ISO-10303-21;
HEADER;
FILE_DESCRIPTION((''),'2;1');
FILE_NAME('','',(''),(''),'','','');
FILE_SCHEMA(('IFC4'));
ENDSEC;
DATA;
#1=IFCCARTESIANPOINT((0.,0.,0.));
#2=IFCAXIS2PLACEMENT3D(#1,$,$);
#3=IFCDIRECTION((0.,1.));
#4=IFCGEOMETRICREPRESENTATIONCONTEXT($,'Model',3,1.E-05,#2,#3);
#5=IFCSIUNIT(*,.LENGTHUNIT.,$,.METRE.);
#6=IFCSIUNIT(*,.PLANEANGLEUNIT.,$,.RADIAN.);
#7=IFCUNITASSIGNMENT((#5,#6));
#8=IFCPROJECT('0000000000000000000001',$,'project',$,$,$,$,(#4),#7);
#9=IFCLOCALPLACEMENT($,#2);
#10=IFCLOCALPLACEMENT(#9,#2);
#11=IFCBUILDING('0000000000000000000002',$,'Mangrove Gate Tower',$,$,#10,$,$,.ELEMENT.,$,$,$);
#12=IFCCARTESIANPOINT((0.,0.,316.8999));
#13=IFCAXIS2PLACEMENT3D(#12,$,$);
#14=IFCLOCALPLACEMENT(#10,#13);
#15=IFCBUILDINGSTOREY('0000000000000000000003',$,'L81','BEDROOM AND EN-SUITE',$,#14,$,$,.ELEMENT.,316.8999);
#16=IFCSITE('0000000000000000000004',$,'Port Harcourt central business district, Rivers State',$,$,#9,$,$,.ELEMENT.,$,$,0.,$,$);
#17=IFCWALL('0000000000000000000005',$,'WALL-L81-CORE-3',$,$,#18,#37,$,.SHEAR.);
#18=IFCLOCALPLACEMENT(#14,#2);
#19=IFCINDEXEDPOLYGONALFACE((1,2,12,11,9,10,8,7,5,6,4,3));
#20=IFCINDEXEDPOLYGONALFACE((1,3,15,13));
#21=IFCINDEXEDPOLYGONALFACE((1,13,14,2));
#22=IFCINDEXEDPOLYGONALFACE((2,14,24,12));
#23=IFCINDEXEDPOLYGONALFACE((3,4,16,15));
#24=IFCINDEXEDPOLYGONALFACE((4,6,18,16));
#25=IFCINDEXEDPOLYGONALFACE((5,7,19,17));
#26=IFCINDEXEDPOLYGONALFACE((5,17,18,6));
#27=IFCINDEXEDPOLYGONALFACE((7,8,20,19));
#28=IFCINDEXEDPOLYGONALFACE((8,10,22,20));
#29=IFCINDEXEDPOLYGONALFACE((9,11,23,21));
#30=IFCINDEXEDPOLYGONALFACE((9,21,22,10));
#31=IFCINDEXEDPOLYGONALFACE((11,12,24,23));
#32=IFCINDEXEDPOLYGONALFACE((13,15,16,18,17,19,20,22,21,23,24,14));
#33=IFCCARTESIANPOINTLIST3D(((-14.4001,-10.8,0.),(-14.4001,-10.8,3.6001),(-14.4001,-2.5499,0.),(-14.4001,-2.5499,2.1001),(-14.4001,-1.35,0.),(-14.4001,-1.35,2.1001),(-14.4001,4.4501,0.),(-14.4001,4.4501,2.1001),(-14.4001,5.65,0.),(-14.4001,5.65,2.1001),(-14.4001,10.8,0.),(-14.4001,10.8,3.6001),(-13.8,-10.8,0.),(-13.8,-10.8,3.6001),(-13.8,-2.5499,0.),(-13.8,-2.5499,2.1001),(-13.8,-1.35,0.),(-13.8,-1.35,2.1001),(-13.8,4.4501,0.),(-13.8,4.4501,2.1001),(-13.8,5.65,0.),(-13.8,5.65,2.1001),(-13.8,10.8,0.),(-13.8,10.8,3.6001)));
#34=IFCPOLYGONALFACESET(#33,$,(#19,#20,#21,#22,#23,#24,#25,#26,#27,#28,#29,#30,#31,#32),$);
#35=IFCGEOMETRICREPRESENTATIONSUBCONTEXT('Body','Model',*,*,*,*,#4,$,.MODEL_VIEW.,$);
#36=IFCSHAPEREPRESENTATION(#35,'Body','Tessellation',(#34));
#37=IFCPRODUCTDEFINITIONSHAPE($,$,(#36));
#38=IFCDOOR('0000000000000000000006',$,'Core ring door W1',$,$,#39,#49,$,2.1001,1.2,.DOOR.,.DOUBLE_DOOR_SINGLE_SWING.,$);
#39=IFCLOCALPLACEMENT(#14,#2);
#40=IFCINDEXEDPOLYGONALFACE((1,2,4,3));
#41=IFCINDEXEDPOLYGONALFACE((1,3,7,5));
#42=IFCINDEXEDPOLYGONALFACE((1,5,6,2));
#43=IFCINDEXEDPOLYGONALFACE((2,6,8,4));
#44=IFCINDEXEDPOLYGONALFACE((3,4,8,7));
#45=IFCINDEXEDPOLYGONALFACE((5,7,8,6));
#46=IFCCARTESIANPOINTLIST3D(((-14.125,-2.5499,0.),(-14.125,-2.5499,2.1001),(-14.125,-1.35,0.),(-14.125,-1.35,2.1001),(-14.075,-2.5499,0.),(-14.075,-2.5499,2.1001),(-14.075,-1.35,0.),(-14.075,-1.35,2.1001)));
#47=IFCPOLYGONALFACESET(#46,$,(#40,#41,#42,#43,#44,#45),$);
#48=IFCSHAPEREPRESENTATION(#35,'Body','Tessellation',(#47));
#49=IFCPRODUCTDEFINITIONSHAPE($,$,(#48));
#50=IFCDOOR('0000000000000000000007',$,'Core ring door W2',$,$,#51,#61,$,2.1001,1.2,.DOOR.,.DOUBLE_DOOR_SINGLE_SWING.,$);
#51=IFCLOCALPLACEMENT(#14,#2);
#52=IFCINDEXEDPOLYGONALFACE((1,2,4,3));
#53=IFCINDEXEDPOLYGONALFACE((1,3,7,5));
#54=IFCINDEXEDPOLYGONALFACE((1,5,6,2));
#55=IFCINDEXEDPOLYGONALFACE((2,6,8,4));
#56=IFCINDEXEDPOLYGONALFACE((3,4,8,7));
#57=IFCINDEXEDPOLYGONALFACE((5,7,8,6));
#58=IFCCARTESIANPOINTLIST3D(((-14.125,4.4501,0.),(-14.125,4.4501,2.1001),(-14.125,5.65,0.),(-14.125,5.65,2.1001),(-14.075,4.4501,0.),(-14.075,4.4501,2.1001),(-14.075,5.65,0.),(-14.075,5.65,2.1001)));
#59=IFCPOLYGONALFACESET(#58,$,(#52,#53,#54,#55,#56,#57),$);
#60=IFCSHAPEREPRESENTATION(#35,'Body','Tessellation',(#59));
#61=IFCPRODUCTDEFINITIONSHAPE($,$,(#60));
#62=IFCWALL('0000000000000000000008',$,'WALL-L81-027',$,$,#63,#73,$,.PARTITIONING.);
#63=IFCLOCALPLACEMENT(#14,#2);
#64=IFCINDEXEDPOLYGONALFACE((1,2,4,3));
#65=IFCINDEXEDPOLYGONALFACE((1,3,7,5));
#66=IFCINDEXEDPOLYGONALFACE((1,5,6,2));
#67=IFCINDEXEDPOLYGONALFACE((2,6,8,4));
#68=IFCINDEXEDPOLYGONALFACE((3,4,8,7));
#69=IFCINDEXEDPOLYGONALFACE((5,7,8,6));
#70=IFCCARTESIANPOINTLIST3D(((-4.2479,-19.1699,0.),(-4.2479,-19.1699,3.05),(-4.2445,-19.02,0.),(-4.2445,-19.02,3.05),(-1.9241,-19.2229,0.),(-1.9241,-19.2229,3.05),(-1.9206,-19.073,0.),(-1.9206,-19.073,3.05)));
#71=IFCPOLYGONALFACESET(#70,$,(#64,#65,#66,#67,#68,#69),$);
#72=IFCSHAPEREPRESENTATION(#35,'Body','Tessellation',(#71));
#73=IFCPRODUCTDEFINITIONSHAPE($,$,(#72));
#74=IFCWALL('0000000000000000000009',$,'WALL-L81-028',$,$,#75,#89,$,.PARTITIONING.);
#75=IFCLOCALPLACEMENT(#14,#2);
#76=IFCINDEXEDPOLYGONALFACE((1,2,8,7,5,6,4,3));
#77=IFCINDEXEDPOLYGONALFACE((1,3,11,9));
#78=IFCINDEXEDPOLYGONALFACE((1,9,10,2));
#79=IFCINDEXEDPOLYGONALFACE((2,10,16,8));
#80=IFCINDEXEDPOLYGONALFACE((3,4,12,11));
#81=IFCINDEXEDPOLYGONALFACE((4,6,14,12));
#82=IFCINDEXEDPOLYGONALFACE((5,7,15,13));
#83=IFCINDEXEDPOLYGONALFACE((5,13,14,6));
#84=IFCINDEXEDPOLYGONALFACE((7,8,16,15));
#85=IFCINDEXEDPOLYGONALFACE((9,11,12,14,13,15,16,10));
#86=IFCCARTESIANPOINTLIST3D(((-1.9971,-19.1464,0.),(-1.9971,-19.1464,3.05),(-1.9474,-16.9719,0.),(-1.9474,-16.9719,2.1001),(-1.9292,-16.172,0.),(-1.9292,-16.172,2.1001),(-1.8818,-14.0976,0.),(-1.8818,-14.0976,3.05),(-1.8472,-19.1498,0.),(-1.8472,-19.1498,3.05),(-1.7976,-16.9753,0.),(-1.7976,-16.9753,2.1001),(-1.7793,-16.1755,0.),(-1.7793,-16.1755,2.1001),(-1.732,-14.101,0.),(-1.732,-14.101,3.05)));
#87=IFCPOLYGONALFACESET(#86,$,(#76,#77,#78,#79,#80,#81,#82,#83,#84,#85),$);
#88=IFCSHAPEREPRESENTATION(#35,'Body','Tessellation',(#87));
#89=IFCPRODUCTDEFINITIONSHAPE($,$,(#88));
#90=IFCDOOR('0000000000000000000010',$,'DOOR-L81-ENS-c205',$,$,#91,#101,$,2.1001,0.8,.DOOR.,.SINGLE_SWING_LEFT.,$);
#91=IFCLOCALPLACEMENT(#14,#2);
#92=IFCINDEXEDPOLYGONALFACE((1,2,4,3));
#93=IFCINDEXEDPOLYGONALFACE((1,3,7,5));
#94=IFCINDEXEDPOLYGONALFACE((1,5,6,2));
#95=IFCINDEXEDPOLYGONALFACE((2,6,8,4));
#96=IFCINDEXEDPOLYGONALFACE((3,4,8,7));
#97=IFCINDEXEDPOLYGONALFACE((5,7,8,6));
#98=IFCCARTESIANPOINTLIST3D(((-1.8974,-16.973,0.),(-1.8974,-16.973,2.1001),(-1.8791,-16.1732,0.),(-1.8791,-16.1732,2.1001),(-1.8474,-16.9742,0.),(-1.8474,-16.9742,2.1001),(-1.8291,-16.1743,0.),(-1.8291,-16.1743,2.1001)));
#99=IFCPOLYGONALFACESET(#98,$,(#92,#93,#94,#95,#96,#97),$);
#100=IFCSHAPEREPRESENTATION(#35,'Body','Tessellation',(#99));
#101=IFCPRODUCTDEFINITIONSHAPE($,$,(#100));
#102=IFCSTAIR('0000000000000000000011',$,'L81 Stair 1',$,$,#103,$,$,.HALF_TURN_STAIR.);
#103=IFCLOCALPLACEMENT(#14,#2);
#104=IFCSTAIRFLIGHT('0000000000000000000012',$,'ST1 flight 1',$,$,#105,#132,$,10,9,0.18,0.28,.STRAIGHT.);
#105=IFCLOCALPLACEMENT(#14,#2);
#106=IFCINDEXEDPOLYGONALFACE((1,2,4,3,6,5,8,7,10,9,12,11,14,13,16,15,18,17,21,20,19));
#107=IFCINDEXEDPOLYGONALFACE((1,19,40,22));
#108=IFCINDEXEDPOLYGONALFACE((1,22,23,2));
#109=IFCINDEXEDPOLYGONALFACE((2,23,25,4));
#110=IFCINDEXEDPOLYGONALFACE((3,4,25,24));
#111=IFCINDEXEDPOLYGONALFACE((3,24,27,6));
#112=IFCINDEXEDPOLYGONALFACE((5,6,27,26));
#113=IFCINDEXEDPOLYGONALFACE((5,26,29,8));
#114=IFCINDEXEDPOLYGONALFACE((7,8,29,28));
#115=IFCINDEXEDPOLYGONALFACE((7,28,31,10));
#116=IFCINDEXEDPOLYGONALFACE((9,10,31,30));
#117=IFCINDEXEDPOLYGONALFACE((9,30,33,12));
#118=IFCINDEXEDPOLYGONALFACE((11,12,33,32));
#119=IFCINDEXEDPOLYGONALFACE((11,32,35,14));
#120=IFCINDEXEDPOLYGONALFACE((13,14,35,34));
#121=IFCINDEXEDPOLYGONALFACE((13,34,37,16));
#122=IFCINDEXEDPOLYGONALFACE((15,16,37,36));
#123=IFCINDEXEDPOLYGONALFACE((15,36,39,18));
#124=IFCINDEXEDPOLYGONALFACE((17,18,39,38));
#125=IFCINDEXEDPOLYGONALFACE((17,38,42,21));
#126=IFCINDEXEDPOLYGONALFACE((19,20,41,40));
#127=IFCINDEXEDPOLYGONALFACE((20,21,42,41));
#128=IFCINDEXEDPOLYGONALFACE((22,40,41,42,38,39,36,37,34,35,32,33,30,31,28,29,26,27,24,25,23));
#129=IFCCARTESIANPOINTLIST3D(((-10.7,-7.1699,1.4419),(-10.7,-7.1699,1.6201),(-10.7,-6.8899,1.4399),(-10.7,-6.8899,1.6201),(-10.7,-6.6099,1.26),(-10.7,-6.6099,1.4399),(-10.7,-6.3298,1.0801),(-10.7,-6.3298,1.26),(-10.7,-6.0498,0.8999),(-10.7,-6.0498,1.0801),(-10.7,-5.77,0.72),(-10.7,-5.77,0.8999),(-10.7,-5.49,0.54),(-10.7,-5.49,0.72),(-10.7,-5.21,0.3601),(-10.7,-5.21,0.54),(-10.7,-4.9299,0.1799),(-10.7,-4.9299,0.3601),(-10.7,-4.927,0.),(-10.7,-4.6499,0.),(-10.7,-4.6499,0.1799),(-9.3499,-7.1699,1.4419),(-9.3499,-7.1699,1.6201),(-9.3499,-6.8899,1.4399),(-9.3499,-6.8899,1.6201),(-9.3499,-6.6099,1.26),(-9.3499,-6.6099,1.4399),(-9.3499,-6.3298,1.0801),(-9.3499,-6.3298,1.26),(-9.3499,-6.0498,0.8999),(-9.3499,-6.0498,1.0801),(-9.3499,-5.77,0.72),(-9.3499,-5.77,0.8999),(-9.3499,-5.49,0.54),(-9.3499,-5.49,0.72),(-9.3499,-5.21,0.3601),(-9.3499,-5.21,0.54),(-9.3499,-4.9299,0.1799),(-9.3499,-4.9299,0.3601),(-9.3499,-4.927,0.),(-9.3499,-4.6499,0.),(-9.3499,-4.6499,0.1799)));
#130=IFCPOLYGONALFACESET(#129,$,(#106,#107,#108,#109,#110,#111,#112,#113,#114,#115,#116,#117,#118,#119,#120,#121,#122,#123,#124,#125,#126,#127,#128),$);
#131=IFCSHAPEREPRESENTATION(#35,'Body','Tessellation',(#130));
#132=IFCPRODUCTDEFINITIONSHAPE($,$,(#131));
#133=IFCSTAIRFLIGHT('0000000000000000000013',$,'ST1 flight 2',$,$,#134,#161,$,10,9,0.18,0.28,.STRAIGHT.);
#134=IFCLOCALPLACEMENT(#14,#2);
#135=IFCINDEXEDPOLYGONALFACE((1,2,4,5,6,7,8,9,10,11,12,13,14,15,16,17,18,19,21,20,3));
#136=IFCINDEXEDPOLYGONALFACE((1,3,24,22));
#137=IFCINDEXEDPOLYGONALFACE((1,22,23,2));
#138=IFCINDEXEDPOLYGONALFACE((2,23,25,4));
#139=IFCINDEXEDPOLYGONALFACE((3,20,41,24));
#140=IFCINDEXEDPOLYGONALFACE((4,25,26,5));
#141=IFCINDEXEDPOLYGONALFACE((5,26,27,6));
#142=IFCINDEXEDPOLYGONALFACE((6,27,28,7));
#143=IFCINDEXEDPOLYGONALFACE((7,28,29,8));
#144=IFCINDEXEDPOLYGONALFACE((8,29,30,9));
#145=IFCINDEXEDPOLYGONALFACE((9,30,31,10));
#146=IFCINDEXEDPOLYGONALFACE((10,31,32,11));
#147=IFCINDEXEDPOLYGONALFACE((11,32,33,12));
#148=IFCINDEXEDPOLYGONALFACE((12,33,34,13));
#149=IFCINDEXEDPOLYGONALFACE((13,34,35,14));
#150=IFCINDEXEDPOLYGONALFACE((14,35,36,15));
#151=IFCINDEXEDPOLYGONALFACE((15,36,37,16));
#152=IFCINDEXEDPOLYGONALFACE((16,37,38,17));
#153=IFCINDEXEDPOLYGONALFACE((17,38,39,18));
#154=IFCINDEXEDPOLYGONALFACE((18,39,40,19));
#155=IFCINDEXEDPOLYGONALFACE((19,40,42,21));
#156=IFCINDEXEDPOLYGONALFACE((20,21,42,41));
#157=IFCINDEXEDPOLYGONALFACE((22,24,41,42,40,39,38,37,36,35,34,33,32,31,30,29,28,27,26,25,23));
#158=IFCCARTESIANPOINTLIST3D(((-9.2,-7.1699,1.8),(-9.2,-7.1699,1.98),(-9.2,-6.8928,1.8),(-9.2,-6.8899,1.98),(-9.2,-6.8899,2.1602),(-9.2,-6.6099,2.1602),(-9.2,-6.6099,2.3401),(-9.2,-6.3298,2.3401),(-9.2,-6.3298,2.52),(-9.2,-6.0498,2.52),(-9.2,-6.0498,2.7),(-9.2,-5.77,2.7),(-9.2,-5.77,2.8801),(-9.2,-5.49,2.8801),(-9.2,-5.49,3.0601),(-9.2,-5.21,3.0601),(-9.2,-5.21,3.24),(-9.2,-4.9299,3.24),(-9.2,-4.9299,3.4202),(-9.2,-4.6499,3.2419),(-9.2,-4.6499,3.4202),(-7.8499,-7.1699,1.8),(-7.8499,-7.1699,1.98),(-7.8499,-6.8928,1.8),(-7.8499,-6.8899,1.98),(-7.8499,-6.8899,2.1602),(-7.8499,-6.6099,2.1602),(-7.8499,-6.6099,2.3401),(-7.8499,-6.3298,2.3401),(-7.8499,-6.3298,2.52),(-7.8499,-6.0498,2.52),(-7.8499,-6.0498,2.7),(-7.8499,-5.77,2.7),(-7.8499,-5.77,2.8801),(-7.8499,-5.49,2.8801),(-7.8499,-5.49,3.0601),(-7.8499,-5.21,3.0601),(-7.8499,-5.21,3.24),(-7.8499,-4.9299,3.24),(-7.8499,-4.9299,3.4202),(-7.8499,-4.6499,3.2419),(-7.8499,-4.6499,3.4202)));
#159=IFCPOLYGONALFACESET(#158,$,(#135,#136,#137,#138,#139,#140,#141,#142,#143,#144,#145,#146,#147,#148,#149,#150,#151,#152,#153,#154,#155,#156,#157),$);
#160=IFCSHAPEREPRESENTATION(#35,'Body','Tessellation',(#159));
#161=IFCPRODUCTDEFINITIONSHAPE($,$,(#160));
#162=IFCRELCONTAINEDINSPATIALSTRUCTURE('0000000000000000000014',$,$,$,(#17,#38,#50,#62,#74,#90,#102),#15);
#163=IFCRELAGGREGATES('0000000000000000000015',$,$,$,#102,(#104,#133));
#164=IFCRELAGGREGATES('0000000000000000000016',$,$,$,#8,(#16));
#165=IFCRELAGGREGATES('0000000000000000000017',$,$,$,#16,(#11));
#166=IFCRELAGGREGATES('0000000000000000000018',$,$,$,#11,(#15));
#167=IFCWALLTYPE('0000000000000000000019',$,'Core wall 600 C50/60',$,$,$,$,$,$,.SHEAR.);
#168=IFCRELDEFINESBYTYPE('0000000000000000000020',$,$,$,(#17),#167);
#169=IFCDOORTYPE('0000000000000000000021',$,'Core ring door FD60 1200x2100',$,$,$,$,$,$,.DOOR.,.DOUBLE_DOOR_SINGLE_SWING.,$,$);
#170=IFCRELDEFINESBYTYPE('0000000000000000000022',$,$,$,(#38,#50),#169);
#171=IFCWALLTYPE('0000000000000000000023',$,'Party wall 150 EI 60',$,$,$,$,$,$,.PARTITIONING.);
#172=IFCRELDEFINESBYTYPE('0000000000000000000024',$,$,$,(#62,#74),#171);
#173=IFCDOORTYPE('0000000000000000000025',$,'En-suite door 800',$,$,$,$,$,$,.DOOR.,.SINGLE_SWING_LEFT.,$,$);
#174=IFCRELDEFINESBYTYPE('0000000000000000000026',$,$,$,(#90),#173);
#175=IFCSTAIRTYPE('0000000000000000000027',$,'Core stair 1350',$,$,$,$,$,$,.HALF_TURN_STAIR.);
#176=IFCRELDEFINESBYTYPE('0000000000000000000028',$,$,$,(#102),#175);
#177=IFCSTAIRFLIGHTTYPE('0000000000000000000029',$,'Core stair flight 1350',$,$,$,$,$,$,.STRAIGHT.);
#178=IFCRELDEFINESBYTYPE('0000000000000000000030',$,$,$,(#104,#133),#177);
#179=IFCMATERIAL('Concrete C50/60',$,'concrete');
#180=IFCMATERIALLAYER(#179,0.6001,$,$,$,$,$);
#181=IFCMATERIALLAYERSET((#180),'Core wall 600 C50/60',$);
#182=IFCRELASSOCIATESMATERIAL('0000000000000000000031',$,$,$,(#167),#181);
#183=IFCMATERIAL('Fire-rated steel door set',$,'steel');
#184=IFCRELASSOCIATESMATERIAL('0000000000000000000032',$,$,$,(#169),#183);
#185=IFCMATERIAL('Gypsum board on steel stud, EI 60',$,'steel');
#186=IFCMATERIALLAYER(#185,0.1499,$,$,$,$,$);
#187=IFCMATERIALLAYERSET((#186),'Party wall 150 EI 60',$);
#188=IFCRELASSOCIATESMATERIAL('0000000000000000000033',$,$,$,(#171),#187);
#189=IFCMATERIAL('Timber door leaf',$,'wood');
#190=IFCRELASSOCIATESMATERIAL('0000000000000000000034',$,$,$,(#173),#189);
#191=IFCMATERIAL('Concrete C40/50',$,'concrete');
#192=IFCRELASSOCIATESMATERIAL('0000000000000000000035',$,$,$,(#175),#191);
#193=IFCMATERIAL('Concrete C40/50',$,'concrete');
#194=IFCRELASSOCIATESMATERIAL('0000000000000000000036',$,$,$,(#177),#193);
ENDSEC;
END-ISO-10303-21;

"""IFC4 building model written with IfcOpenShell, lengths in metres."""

from ifc_helpers import new_model, si_unit, direction, frame, frame_2d, origin, place, context, subcontext, project, spatial, polyline, rectangle, outline, extrude, material, layer, layer_set, type_object, element, fill, aggregate, save


model = new_model("IFC4")

# Units and contexts
model_context = context("Model", 3, precision=1e-05, world=origin(), true_north=direction((0.0, 1.0)))
body_context = subcontext(model_context, "Body", "Model", "MODEL_VIEW")
ifc_project = project(units=[si_unit("LENGTHUNIT", "METRE"), si_unit("PLANEANGLEUNIT", "RADIAN")], contexts=[model_context])

# Site, building, storey
site_placement = place(None, origin())
site = spatial("IfcSite", under=ifc_project, at=site_placement, Name="Port Harcourt central business district, Rivers State", CompositionType="ELEMENT", RefElevation=0.0)
building_placement = place(site_placement, origin())
building = spatial("IfcBuilding", under=site, at=building_placement, Name="Mangrove Gate Tower", CompositionType="ELEMENT")
storey_placement = place(building_placement, frame((0.0, 0.0, 316.8999)))
storey = spatial("IfcBuildingStorey", under=building, at=storey_placement, Name="L81", Description="BEDROOM AND EN-SUITE", CompositionType="ELEMENT", Elevation=316.8999)

# Shared definitions
ifc_material_1 = material(Name="Concrete C50/60", Category="concrete")
ifc_layer_1 = layer(ifc_material_1, 0.6001)
ifc_layer_set_1 = layer_set([ifc_layer_1], Name="Core wall 600 C50/60")
wall_type_1 = type_object("IfcWallType", Name="Core wall 600 C50/60", PredefinedType="SHEAR", material=ifc_layer_set_1)

# Wall, openings, doors
wall_1_placement = place(storey_placement, frame((-14.1001, -10.8, 0.0), z_axis=(0.0, 0.0, 1.0), x_axis=(0.0, 1.0, 0.0)))
wall_1 = element("IfcWall", 1, at=wall_1_placement, inside=storey, type_object=wall_type_1, Name="WALL-L81-CORE-3", PredefinedType="SHEAR", context=body_context, shape_type="SweptSolid", body=[
    extrude(rectangle(XDim=21.6001, YDim=0.6001, at=frame_2d((10.8, 0.0))), origin(), (0.0, 0.0, 1.0), 3.6001),
])
opening_1_placement = place(wall_1_placement, frame((8.25, 0.0, 0.0)))
opening_1 = element("IfcOpeningElement", 2, at=opening_1_placement, cuts=wall_1, PredefinedType="OPENING", context=body_context, shape_type="SweptSolid", body=[
    extrude(rectangle(XDim=1.2, YDim=2.1001, at=frame_2d((0.6001, 1.05))), frame((0.0, 0.3101, 0.0), z_axis=(0.0, -1.0, 0.0), x_axis=(1.0, 0.0, 0.0)), (0.0, 0.0, 1.0), 0.6201),
])
opening_2_placement = place(wall_1_placement, frame((15.25, 0.0, 0.0)))
opening_2 = element("IfcOpeningElement", 3, at=opening_2_placement, cuts=wall_1, PredefinedType="OPENING", context=body_context, shape_type="SweptSolid", body=[
    extrude(rectangle(XDim=1.2, YDim=2.1001, at=frame_2d((0.6001, 1.05))), frame((0.0, 0.3101, 0.0), z_axis=(0.0, -1.0, 0.0), x_axis=(1.0, 0.0, 0.0)), (0.0, 0.0, 1.0), 0.6201),
])
ifc_material_2 = material(Name="Fire-rated steel door set", Category="steel")
door_type_1 = type_object("IfcDoorType", Name="Core ring door FD60 1200x2100", OperationType="DOUBLE_DOOR_SINGLE_SWING", PredefinedType="DOOR", material=ifc_material_2)
door_1_placement = place(opening_1_placement, origin())
door_1 = element("IfcDoor", 4, at=door_1_placement, inside=storey, type_object=door_type_1, Name="Core ring door W1", OperationType="DOUBLE_DOOR_SINGLE_SWING", OverallHeight=2.1001, OverallWidth=1.2, PredefinedType="DOOR", context=body_context, shape_type="SweptSolid", body=[
    extrude(rectangle(XDim=1.2, YDim=2.1001, at=frame_2d((0.6001, 1.05))), frame((0.0, 0.0249, 0.0), z_axis=(0.0, -1.0, 0.0), x_axis=(1.0, 0.0, 0.0)), (0.0, 0.0, 1.0), 0.05),
])
fill(opening_1, door_1)
door_2_placement = place(opening_2_placement, origin())
door_2 = element("IfcDoor", 5, at=door_2_placement, inside=storey, type_object=door_type_1, Name="Core ring door W2", OperationType="DOUBLE_DOOR_SINGLE_SWING", OverallHeight=2.1001, OverallWidth=1.2, PredefinedType="DOOR", context=body_context, shape_type="SweptSolid", body=[
    extrude(rectangle(XDim=1.2, YDim=2.1001, at=frame_2d((0.6001, 1.05))), frame((0.0, 0.0249, 0.0), z_axis=(0.0, -1.0, 0.0), x_axis=(1.0, 0.0, 0.0)), (0.0, 0.0, 1.0), 0.05),
])
fill(opening_2, door_2)

# Wall
ifc_material_3 = material(Name="Gypsum board on steel stud, EI 60", Category="steel")
ifc_layer_2 = layer(ifc_material_3, 0.1499)
ifc_layer_set_2 = layer_set([ifc_layer_2], Name="Party wall 150 EI 60")
wall_type_2 = type_object("IfcWallType", Name="Party wall 150 EI 60", PredefinedType="PARTITIONING", material=ifc_layer_set_2)
wall_2_placement = place(storey_placement, frame((-4.2461, -19.095, 0.0), z_axis=(0.0, 0.0, 1.0), x_axis=(0.99974, -0.022791, 0.0)))
element("IfcWall", 6, at=wall_2_placement, inside=storey, type_object=wall_type_2, Name="WALL-L81-027", PredefinedType="PARTITIONING", context=body_context, shape_type="SweptSolid", body=[
    extrude(rectangle(XDim=2.3245, YDim=0.1499, at=frame_2d((1.1621, 0.0))), origin(), (0.0, 0.0, 1.0), 3.05),
])

# Wall, opening, door
wall_3_placement = place(storey_placement, frame((-1.9221, -19.1479, 0.0), z_axis=(0.0, 0.0, 1.0), x_axis=(0.022818, 0.99974, 0.0)))
wall_3 = element("IfcWall", 7, at=wall_3_placement, inside=storey, type_object=wall_type_2, Name="WALL-L81-028", PredefinedType="PARTITIONING", context=body_context, shape_type="SweptSolid", body=[
    extrude(rectangle(XDim=5.05, YDim=0.1499, at=frame_2d((2.5249, 0.0))), origin(), (0.0, 0.0, 1.0), 3.05),
])
opening_3_placement = place(wall_3_placement, frame((2.175, 0.0, 0.0)))
opening_3 = element("IfcOpeningElement", 8, at=opening_3_placement, cuts=wall_3, PredefinedType="OPENING", context=body_context, shape_type="SweptSolid", body=[
    extrude(rectangle(XDim=0.8, YDim=2.1001, at=frame_2d((0.3999, 1.05))), frame((0.0, 0.085, 0.0), z_axis=(0.0, -1.0, 0.0), x_axis=(1.0, 0.0, 0.0)), (0.0, 0.0, 1.0), 0.1699),
])
ifc_material_4 = material(Name="Timber door leaf", Category="wood")
door_type_2 = type_object("IfcDoorType", Name="En-suite door 800", OperationType="SINGLE_SWING_LEFT", PredefinedType="DOOR", material=ifc_material_4)
door_3_placement = place(opening_3_placement, origin())
door_3 = element("IfcDoor", 9, at=door_3_placement, inside=storey, type_object=door_type_2, Name="DOOR-L81-ENS-c205", OperationType="SINGLE_SWING_LEFT", OverallHeight=2.1001, OverallWidth=0.8, PredefinedType="DOOR", context=body_context, shape_type="SweptSolid", body=[
    extrude(rectangle(XDim=0.8, YDim=2.1001, at=frame_2d((0.3999, 1.05))), frame((0.0, 0.0249, 0.0), z_axis=(0.0, -1.0, 0.0), x_axis=(1.0, 0.0, 0.0)), (0.0, 0.0, 1.0), 0.05),
])
fill(opening_3, door_3)

# Stair, stair flights
ifc_material_5 = material(Name="Concrete C40/50", Category="concrete")
stair_type = type_object("IfcStairType", Name="Core stair 1350", PredefinedType="HALF_TURN_STAIR", material=ifc_material_5)
stair_1_placement = place(storey_placement, origin())
stair_1 = element("IfcStair", 10, at=stair_1_placement, inside=storey, type_object=stair_type, Name="L81 Stair 1", PredefinedType="HALF_TURN_STAIR")
ifc_material_6 = material(Name="Concrete C40/50", Category="concrete")
stair_flight_type = type_object("IfcStairFlightType", Name="Core stair flight 1350", PredefinedType="STRAIGHT", material=ifc_material_6)
stair_flight_1_placement = place(storey_placement, frame((-10.0249, -4.6499, 0.0), z_axis=(0.0, 0.0, 1.0), x_axis=(0.0, -1.0, 0.0)))
stair_flight_1 = element("IfcStairFlight", 11, at=stair_flight_1_placement, type_object=stair_flight_type, Name="ST1 flight 1", NumberOfRisers=10, NumberOfTreads=9, PredefinedType="STRAIGHT", RiserHeight=0.18, TreadLength=0.28, context=body_context, shape_type="SweptSolid", body=[
    extrude(outline(polyline([(0.0, 0.0), (0.0, 0.1799), (0.28, 0.1799), (0.28, 0.3601), (0.5601, 0.3601), (0.5601, 0.54), (0.8401, 0.54), (0.8401, 0.72), (1.1201, 0.72), (1.1201, 0.8999), (1.3999, 0.8999), (1.3999, 1.0801), (1.6799, 1.0801), (1.6799, 1.26), (1.96, 1.26), (1.96, 1.4399), (2.24, 1.4399), (2.24, 1.6201), (2.52, 1.6201), (2.52, 1.8), (2.52, 1.4419), (0.2771, 0.0), (0.0, 0.0)])), frame((0.0, 0.675, 0.0), z_axis=(0.0, -1.0, 0.0), x_axis=(1.0, 0.0, 0.0)), (0.0, 0.0, 1.0), 1.3501),
])
stair_flight_2_placement = place(storey_placement, frame((-8.5249, -7.1699, 1.8), z_axis=(0.0, 0.0, 1.0), x_axis=(0.0, 1.0, 0.0)))
stair_flight_2 = element("IfcStairFlight", 12, at=stair_flight_2_placement, type_object=stair_flight_type, Name="ST1 flight 2", NumberOfRisers=10, NumberOfTreads=9, PredefinedType="STRAIGHT", RiserHeight=0.18, TreadLength=0.28, context=body_context, shape_type="SweptSolid", body=[
    extrude(outline(polyline([(0.0, 0.0), (0.0, 0.1799), (0.28, 0.1799), (0.28, 0.3601), (0.5601, 0.3601), (0.5601, 0.54), (0.8401, 0.54), (0.8401, 0.72), (1.1201, 0.72), (1.1201, 0.8999), (1.3999, 0.8999), (1.3999, 1.0801), (1.6799, 1.0801), (1.6799, 1.26), (1.96, 1.26), (1.96, 1.4399), (2.24, 1.4399), (2.24, 1.6201), (2.52, 1.6201), (2.52, 1.8), (2.52, 1.4419), (0.2771, 0.0), (0.0, 0.0)])), frame((0.0, 0.675, 0.0), z_axis=(0.0, -1.0, 0.0), x_axis=(1.0, 0.0, 0.0)), (0.0, 0.0, 1.0), 1.3501),
])
aggregate(stair_1, [stair_flight_1, stair_flight_2])

save(model, "model.ifc")
